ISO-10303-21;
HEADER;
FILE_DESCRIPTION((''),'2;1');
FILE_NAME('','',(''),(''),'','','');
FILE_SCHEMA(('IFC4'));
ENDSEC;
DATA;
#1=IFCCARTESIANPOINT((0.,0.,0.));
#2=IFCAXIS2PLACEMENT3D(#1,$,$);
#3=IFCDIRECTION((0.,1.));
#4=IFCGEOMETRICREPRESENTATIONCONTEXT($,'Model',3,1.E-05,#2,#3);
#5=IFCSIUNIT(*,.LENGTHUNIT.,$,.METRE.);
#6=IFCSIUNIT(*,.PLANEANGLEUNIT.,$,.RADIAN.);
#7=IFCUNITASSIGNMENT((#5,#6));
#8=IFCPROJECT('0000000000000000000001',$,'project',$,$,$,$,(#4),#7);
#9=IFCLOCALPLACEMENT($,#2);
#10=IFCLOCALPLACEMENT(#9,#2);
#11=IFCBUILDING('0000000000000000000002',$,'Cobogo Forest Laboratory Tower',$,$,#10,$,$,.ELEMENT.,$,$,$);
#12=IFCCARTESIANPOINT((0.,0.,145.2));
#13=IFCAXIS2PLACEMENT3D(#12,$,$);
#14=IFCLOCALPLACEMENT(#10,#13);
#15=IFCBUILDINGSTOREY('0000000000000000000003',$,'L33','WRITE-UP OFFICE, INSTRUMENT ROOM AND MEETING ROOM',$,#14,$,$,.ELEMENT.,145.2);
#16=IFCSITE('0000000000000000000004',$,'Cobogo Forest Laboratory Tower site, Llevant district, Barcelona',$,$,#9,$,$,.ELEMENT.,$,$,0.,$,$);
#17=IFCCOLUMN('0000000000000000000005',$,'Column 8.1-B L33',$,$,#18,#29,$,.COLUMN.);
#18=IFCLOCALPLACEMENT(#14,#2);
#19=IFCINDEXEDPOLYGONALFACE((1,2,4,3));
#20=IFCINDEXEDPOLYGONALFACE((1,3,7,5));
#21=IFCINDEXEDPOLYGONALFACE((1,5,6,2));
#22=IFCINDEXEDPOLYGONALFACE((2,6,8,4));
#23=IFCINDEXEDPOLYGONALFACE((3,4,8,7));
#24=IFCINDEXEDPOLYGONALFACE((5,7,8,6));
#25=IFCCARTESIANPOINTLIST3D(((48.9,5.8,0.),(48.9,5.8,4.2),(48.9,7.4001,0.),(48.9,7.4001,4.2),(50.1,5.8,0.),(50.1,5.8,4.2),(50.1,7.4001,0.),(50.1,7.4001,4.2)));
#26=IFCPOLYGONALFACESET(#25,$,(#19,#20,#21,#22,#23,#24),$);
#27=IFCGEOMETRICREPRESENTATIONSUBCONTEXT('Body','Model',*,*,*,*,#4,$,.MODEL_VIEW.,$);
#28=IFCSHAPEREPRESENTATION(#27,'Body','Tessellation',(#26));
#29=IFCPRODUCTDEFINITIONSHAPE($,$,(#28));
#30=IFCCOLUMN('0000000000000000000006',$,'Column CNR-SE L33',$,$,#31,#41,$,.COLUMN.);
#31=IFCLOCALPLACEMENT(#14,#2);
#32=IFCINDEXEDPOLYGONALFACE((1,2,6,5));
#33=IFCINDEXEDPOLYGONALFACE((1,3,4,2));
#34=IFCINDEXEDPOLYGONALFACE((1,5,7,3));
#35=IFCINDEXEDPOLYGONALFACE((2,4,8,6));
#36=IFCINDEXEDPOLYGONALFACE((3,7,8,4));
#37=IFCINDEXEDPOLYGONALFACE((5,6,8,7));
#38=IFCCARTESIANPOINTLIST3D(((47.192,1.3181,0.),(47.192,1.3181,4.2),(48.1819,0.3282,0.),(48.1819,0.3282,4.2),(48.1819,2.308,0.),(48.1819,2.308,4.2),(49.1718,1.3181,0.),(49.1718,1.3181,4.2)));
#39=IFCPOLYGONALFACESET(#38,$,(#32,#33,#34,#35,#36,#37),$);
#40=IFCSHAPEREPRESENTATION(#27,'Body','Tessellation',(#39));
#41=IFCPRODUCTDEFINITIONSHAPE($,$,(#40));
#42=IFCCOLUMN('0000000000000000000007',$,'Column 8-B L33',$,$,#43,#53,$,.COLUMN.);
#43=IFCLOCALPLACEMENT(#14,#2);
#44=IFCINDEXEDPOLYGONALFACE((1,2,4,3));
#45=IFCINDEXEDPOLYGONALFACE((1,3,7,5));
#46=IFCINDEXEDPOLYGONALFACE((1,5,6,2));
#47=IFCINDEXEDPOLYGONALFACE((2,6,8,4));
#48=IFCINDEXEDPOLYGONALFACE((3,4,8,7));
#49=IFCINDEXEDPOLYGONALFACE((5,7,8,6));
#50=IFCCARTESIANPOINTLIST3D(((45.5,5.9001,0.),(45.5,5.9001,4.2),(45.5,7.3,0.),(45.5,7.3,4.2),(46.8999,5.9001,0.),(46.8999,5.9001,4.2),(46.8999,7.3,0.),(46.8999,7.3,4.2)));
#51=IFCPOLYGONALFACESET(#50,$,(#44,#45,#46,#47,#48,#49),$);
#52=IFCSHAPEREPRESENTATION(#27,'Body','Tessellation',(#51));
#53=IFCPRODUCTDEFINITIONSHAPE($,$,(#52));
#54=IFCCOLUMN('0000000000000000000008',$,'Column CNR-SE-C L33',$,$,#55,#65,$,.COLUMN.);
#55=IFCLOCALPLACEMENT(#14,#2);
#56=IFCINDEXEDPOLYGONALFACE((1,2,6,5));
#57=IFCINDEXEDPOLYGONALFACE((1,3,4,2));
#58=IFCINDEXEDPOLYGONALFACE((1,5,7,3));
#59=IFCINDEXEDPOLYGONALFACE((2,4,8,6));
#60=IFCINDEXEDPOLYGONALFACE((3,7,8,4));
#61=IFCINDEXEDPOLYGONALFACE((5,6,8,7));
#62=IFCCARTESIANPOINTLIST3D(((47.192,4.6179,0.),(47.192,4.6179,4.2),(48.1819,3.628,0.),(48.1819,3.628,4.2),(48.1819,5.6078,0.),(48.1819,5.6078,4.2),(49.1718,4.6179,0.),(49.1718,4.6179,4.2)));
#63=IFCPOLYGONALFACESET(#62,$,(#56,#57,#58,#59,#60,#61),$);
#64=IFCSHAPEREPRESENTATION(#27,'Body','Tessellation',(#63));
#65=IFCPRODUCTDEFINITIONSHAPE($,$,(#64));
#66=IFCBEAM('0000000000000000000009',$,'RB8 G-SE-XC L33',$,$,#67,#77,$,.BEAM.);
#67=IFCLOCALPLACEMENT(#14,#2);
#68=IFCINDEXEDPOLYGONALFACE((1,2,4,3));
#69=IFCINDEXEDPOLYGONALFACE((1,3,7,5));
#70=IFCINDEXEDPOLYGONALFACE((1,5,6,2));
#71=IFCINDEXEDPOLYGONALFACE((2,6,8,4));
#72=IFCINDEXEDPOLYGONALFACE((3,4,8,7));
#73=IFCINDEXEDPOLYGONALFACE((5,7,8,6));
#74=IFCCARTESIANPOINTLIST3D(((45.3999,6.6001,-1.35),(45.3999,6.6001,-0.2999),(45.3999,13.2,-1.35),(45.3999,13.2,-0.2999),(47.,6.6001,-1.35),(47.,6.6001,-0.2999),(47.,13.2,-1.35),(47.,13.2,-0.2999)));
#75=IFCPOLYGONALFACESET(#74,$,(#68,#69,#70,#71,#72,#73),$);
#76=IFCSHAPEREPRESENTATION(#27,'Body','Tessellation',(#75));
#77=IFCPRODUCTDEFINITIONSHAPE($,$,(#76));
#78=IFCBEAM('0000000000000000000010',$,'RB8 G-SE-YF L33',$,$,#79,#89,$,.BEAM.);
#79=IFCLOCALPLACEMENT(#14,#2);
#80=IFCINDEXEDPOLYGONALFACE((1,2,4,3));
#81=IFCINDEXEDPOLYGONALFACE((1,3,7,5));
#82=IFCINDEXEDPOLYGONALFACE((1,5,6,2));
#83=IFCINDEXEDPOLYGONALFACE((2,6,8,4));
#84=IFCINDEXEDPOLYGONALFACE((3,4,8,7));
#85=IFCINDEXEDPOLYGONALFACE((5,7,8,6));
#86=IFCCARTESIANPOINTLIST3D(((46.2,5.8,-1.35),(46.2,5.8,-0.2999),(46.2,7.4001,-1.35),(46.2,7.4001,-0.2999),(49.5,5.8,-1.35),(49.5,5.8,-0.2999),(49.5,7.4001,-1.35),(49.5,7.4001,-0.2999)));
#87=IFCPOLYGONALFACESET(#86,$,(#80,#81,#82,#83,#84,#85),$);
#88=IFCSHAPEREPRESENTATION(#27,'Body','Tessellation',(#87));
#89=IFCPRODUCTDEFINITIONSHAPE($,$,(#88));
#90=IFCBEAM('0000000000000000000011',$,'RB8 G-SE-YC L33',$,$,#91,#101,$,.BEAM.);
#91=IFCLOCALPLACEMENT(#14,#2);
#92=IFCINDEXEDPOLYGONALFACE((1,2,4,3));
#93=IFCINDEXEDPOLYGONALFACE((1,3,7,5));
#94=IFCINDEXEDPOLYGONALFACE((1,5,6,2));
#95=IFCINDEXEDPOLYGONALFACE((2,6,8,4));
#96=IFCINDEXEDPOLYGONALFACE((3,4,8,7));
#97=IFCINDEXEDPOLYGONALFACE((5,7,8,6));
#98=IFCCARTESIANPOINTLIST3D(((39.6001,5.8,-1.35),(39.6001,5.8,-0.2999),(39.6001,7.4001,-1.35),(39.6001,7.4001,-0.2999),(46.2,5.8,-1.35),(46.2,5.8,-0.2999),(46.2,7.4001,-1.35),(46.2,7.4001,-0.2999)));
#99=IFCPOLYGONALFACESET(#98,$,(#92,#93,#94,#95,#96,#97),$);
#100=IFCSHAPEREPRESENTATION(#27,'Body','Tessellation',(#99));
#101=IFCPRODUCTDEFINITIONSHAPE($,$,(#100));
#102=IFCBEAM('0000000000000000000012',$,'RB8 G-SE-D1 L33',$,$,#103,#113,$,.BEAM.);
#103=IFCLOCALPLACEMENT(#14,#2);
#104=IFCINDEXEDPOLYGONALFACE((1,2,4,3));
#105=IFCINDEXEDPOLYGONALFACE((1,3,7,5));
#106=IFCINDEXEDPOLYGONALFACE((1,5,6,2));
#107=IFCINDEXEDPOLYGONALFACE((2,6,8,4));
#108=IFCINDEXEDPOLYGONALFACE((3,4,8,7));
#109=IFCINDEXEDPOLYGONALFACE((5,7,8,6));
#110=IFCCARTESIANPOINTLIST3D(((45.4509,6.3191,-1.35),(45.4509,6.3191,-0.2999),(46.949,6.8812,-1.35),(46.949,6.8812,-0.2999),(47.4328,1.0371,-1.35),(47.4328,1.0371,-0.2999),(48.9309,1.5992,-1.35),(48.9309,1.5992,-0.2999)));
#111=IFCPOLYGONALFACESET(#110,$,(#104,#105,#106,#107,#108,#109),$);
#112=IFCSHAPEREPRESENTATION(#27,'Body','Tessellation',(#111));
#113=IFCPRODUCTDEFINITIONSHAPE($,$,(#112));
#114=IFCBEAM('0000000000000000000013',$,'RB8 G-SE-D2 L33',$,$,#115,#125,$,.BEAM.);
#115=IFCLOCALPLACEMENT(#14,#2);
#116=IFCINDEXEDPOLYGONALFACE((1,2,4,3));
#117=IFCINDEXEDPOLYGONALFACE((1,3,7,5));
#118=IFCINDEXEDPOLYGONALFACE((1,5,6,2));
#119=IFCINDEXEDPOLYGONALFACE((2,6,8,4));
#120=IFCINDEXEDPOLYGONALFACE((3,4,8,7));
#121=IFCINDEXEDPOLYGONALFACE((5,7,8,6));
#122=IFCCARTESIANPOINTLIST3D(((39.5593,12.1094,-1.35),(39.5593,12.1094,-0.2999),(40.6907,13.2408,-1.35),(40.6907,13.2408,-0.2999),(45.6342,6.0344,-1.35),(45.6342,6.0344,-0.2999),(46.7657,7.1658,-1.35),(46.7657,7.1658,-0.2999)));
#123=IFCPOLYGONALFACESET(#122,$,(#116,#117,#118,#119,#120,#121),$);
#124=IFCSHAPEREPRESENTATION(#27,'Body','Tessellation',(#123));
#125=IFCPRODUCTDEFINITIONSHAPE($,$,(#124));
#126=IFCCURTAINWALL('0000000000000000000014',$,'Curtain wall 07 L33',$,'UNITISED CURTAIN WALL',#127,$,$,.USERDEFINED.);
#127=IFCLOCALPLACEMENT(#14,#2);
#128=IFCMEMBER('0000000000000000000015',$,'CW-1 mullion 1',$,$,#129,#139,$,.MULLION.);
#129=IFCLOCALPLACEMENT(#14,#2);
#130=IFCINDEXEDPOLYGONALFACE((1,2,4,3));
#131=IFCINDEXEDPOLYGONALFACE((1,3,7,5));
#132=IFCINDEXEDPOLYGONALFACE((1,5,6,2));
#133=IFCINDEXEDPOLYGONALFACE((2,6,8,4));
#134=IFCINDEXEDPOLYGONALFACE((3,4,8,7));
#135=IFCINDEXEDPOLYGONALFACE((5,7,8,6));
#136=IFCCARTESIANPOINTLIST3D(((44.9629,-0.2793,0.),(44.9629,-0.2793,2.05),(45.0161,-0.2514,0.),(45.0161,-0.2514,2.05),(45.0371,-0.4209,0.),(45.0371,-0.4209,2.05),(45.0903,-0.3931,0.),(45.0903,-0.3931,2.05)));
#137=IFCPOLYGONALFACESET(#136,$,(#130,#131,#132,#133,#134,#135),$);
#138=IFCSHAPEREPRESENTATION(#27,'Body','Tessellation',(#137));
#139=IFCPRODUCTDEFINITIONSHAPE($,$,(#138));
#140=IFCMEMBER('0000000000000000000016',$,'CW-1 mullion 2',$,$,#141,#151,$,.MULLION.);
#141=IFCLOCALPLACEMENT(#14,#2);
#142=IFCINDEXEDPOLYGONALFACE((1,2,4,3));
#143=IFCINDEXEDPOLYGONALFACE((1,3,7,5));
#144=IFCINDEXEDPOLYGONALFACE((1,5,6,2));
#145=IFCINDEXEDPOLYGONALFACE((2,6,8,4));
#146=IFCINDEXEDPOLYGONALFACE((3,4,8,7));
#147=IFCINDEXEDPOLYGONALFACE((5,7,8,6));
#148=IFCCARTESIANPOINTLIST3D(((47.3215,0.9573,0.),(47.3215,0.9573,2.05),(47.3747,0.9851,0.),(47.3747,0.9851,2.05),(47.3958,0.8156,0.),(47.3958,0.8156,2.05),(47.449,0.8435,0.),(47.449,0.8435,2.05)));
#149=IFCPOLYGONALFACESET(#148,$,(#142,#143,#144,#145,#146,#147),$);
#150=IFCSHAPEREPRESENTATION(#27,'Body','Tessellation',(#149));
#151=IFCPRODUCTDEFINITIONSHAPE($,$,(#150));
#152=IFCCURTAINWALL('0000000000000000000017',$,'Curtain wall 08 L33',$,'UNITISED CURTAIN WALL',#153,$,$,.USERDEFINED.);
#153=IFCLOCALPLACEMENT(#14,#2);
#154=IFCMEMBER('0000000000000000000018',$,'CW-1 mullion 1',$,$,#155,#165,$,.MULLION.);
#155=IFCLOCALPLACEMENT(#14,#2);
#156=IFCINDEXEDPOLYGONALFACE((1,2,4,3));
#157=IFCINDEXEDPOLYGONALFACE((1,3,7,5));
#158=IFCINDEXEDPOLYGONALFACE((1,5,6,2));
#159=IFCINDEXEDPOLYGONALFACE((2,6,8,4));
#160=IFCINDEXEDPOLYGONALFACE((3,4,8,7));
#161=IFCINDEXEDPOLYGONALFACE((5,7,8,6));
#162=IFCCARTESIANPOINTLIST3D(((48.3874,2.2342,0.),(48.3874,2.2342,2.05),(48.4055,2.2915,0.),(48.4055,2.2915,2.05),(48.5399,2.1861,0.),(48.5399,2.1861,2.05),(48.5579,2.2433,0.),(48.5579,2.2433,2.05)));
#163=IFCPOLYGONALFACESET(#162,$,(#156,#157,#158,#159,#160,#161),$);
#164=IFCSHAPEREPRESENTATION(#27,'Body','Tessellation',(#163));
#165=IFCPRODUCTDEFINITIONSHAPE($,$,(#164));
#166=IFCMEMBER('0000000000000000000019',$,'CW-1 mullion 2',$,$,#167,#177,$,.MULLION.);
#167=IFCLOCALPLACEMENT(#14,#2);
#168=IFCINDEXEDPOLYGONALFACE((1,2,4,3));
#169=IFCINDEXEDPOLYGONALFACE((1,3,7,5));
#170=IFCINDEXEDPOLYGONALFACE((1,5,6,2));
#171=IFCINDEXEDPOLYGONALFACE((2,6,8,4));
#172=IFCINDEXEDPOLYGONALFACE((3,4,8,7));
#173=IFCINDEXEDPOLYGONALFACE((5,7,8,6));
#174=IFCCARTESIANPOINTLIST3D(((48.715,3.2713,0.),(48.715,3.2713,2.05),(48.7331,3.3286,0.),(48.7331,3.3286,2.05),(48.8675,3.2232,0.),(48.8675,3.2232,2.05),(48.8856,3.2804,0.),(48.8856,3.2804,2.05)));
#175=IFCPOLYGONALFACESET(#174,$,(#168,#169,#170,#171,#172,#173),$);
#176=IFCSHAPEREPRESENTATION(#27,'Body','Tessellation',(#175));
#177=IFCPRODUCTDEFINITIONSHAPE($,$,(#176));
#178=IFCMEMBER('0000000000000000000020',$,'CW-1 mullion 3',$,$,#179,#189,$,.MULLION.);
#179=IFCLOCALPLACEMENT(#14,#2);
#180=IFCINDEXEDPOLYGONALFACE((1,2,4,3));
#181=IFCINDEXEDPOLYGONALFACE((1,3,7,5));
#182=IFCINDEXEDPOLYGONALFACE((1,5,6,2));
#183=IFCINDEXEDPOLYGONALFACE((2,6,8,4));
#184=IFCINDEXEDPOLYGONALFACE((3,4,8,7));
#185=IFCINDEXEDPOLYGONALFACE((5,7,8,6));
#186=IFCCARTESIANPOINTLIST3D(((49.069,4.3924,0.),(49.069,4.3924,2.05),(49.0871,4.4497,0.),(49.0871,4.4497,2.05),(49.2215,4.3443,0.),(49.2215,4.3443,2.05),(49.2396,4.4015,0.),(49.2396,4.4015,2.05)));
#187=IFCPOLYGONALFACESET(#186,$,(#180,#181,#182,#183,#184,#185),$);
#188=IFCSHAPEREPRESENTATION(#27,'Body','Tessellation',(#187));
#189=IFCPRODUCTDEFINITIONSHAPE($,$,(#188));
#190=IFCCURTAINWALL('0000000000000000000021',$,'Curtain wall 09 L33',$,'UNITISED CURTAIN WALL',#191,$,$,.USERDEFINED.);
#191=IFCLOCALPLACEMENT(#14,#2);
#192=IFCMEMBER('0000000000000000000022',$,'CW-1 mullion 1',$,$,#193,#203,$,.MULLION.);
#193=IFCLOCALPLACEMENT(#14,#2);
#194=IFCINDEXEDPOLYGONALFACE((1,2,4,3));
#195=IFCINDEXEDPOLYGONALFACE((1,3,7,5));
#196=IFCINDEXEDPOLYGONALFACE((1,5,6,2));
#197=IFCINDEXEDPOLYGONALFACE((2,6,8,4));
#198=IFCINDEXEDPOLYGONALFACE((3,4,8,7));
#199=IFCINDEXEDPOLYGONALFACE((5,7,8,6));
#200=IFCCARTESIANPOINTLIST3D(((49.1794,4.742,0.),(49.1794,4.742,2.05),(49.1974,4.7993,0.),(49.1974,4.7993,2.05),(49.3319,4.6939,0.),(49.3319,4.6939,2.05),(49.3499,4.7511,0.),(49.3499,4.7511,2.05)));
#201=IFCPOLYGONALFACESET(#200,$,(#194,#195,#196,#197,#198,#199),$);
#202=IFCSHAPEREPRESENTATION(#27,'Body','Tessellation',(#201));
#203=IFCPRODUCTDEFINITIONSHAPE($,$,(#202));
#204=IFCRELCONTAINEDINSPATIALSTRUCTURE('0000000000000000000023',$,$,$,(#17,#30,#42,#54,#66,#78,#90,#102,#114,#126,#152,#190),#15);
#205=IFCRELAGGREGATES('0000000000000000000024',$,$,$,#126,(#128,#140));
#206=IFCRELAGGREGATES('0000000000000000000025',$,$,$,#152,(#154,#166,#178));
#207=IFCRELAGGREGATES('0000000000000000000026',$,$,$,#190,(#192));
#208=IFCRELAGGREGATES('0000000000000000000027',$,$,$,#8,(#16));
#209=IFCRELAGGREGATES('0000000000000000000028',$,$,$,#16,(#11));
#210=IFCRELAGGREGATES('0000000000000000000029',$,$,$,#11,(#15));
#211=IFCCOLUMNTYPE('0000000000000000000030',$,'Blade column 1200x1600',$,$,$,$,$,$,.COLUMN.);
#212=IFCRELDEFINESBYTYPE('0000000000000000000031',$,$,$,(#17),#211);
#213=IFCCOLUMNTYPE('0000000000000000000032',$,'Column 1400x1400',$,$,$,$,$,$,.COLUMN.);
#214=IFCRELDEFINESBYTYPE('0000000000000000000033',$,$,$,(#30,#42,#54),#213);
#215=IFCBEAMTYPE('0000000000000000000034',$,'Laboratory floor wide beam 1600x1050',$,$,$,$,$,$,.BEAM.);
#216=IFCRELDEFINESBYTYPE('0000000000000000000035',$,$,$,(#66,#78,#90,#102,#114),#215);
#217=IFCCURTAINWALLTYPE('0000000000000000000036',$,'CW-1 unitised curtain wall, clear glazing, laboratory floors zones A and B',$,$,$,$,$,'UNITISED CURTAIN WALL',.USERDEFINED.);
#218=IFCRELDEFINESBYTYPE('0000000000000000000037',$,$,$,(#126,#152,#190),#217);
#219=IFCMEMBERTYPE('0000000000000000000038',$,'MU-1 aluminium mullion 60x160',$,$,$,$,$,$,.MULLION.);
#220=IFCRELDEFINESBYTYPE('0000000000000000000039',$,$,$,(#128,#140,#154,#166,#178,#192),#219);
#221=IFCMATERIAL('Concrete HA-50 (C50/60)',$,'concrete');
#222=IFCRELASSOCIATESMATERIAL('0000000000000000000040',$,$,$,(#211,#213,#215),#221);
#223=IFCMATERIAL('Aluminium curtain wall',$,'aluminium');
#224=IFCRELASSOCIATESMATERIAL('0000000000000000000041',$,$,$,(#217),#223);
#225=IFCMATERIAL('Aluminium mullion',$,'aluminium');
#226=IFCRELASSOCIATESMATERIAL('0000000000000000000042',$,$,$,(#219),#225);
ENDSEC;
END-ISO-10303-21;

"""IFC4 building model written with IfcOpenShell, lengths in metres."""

from ifc_helpers import new_model, si_unit, direction, frame, origin, origin_2d, place, context, subcontext, project, spatial, rectangle, extrude, material, material_profile, profile_set, type_object, element, aggregate, save


model = new_model("IFC4")

# Units and contexts
model_context = context("Model", 3, precision=1e-05, world=origin(), true_north=direction((0.0, 1.0)))
body_context = subcontext(model_context, "Body", "Model", "MODEL_VIEW")
ifc_project = project(units=[si_unit("LENGTHUNIT", "METRE"), si_unit("PLANEANGLEUNIT", "RADIAN")], contexts=[model_context])

# Site, building, storey
site_placement = place(None, origin())
site = spatial("IfcSite", under=ifc_project, at=site_placement, Name="Cobogo Forest Laboratory Tower site, Llevant district, Barcelona", CompositionType="ELEMENT", RefElevation=0.0)
building_placement = place(site_placement, origin())
building = spatial("IfcBuilding", under=site, at=building_placement, Name="Cobogo Forest Laboratory Tower", CompositionType="ELEMENT")
storey_placement = place(building_placement, frame((0.0, 0.0, 145.2)))
storey = spatial("IfcBuildingStorey", under=building, at=storey_placement, Name="L33", Description="WRITE-UP OFFICE, INSTRUMENT ROOM AND MEETING ROOM", CompositionType="ELEMENT", Elevation=145.2)

# Columns
ifc_material_1 = material(Name="Concrete HA-50 (C50/60)", Category="concrete")
ifc_material_profile_1 = material_profile(ifc_material_1, rectangle(XDim=1.6001, YDim=1.2, at=origin_2d()), Name="RC 1200x1600")
ifc_profile_set_1 = profile_set([ifc_material_profile_1], Name="Concrete HA-50 (C50/60)")
column_type_1 = type_object("IfcColumnType", Name="Blade column 1200x1600", PredefinedType="COLUMN", material=ifc_profile_set_1)
column_placement = place(storey_placement, frame((49.5, 6.6001, 0.0), z_axis=(0.0, 0.0, 1.0), x_axis=(0.0, 1.0, 0.0)))
element("IfcColumn", 1, at=column_placement, inside=storey, type_object=column_type_1, Name="Column 8.1-B L33", PredefinedType="COLUMN", context=body_context, shape_type="SweptSolid", body=[
    extrude(rectangle(XDim=1.6001, YDim=1.2, at=origin_2d()), origin(), (0.0, 0.0, 1.0), 4.2),
])
ifc_material_profile_2 = material_profile(ifc_material_1, rectangle(XDim=1.3999, YDim=1.3999, at=origin_2d()), Name="RC 1400x1400")
ifc_profile_set_2 = profile_set([ifc_material_profile_2], Name="Concrete HA-50 (C50/60)")
column_type_2 = type_object("IfcColumnType", Name="Column 1400x1400", PredefinedType="COLUMN", material=ifc_profile_set_2)
for number, where, z_axis, x_axis, name in (
    (2, (48.1819, 1.3181, 0.0), (0.0, 0.0, 1.0), (0.707107, 0.707107, 0.0), "Column CNR-SE L33"),
    (3, (46.2, 6.6001, 0.0), (0.0, 0.0, 1.0), (1.0, 0.0, 0.0), "Column 8-B L33"),
    (4, (48.1819, 4.6179, 0.0), (0.0, 0.0, 1.0), (0.707107, 0.707107, 0.0), "Column CNR-SE-C L33"),
):
    element("IfcColumn", number, at=place(storey_placement, frame(where, z_axis=z_axis, x_axis=x_axis)), inside=storey, type_object=column_type_2, Name=name, PredefinedType="COLUMN", context=body_context, shape_type="SweptSolid", body=[
        extrude(rectangle(XDim=1.3999, YDim=1.3999, at=origin_2d()), origin(), (0.0, 0.0, 1.0), 4.2),
    ])

# Beams
ifc_material_profile_3 = material_profile(ifc_material_1, rectangle(XDim=1.6001, YDim=1.05, at=origin_2d()), Name="RC 1600x1050")
ifc_profile_set_3 = profile_set([ifc_material_profile_3], Name="Concrete HA-50 (C50/60)")
beam_type_1 = type_object("IfcBeamType", Name="Laboratory floor wide beam 1600x1050", PredefinedType="BEAM", material=ifc_profile_set_3)
beam_1_placement = place(storey_placement, frame((46.2, 6.6001, -0.825), z_axis=(0.0, 1.0, 0.0), x_axis=(-1.0, 0.0, 0.0)))
element("IfcBeam", 5, at=beam_1_placement, inside=storey, type_object=beam_type_1, Name="RB8 G-SE-XC L33", PredefinedType="BEAM", context=body_context, shape_type="SweptSolid", body=[
    extrude(rectangle(XDim=1.6001, YDim=1.05, at=origin_2d()), origin(), (0.0, 0.0, 1.0), 6.5999),
])
beam_2_placement = place(storey_placement, frame((49.5, 6.6001, -0.825), z_axis=(-1.0, 0.0, 0.0), x_axis=(0.0, -1.0, 0.0)))
element("IfcBeam", 6, at=beam_2_placement, inside=storey, type_object=beam_type_1, Name="RB8 G-SE-YF L33", PredefinedType="BEAM", context=body_context, shape_type="SweptSolid", body=[
    extrude(rectangle(XDim=1.6001, YDim=1.05, at=origin_2d()), origin(), (0.0, 0.0, 1.0), 3.3),
])
beam_3_placement = place(storey_placement, frame((46.2, 6.6001, -0.825), z_axis=(-1.0, 0.0, 0.0), x_axis=(0.0, -1.0, 0.0)))
element("IfcBeam", 7, at=beam_3_placement, inside=storey, type_object=beam_type_1, Name="RB8 G-SE-YC L33", PredefinedType="BEAM", context=body_context, shape_type="SweptSolid", body=[
    extrude(rectangle(XDim=1.6001, YDim=1.05, at=origin_2d()), origin(), (0.0, 0.0, 1.0), 6.5999),
])
beam_4_placement = place(storey_placement, frame((48.1819, 1.3181, -0.825), z_axis=(-0.351308, 0.93626, 0.0), x_axis=(-0.93626, -0.351308, 0.0)))
element("IfcBeam", 8, at=beam_4_placement, inside=storey, type_object=beam_type_1, Name="RB8 G-SE-D1 L33", PredefinedType="BEAM", context=body_context, shape_type="SweptSolid", body=[
    extrude(rectangle(XDim=1.6001, YDim=1.05, at=origin_2d()), origin(), (0.0, 0.0, 1.0), 5.6416),
])
beam_5_placement = place(storey_placement, frame((46.2, 6.6001, -0.825), z_axis=(-0.707107, 0.707107, 0.0), x_axis=(-0.707107, -0.707107, 0.0)))
element("IfcBeam", 9, at=beam_5_placement, inside=storey, type_object=beam_type_1, Name="RB8 G-SE-D2 L33", PredefinedType="BEAM", context=body_context, shape_type="SweptSolid", body=[
    extrude(rectangle(XDim=1.6001, YDim=1.05, at=origin_2d()), origin(), (0.0, 0.0, 1.0), 8.5913),
])

# Curtain walls, members
ifc_material_2 = material(Name="Aluminium curtain wall", Category="aluminium")
curtain_wall_type = type_object("IfcCurtainWallType", Name="CW-1 unitised curtain wall, clear glazing, laboratory floors zones A and B", ElementType="UNITISED CURTAIN WALL", PredefinedType="USERDEFINED", material=ifc_material_2)
curtain_wall_1_placement = place(storey_placement, origin())
curtain_wall_1 = element("IfcCurtainWall", 10, at=curtain_wall_1_placement, inside=storey, type_object=curtain_wall_type, Name="Curtain wall 07 L33", ObjectType="UNITISED CURTAIN WALL", PredefinedType="USERDEFINED")
ifc_material_3 = material(Name="Aluminium mullion", Category="aluminium")
ifc_material_profile_4 = material_profile(ifc_material_3, rectangle(XDim=0.0601, YDim=0.1599, at=origin_2d()), Name="AL 60x160")
ifc_profile_set_4 = profile_set([ifc_material_profile_4], Name="Aluminium mullion")
member_type_1 = type_object("IfcMemberType", Name="MU-1 aluminium mullion 60x160", PredefinedType="MULLION", material=ifc_profile_set_4)
member_1_placement = place(storey_placement, frame((45.0266, -0.3362, 0.0), z_axis=(0.0, 0.0, 1.0), x_axis=(0.885687, 0.464284, 0.0)))
member_1 = element("IfcMember", 11, at=member_1_placement, type_object=member_type_1, Name="CW-1 mullion 1", PredefinedType="MULLION", context=body_context, shape_type="SweptSolid", body=[
    extrude(rectangle(XDim=0.0601, YDim=0.1599, at=origin_2d()), origin(), (0.0, 0.0, 1.0), 2.05),
])
member_2_placement = place(storey_placement, frame((47.3853, 0.9004, 0.0), z_axis=(0.0, 0.0, 1.0), x_axis=(0.885687, 0.464284, 0.0)))
member_2 = element("IfcMember", 12, at=member_2_placement, type_object=member_type_1, Name="CW-1 mullion 2", PredefinedType="MULLION", context=body_context, shape_type="SweptSolid", body=[
    extrude(rectangle(XDim=0.0601, YDim=0.1599, at=origin_2d()), origin(), (0.0, 0.0, 1.0), 2.05),
])
curtain_wall_2_placement = place(storey_placement, origin())
curtain_wall_2 = element("IfcCurtainWall", 13, at=curtain_wall_2_placement, inside=storey, type_object=curtain_wall_type, Name="Curtain wall 08 L33", ObjectType="UNITISED CURTAIN WALL", PredefinedType="USERDEFINED")
member_3_placement = place(storey_placement, frame((48.4727, 2.2388, 0.0), z_axis=(0.0, 0.0, 1.0), x_axis=(0.301135, 0.953581, 0.0)))
member_3 = element("IfcMember", 14, at=member_3_placement, type_object=member_type_1, Name="CW-1 mullion 1", PredefinedType="MULLION", context=body_context, shape_type="SweptSolid", body=[
    extrude(rectangle(XDim=0.0601, YDim=0.1599, at=origin_2d()), origin(), (0.0, 0.0, 1.0), 2.05),
])
member_4_placement = place(storey_placement, frame((48.8003, 3.2759, 0.0), z_axis=(0.0, 0.0, 1.0), x_axis=(0.301135, 0.953581, 0.0)))
member_4 = element("IfcMember", 15, at=member_4_placement, type_object=member_type_1, Name="CW-1 mullion 2", PredefinedType="MULLION", context=body_context, shape_type="SweptSolid", body=[
    extrude(rectangle(XDim=0.0601, YDim=0.1599, at=origin_2d()), origin(), (0.0, 0.0, 1.0), 2.05),
])
member_5_placement = place(storey_placement, frame((49.1543, 4.397, 0.0), z_axis=(0.0, 0.0, 1.0), x_axis=(0.301135, 0.953581, 0.0)))
member_5 = element("IfcMember", 16, at=member_5_placement, type_object=member_type_1, Name="CW-1 mullion 3", PredefinedType="MULLION", context=body_context, shape_type="SweptSolid", body=[
    extrude(rectangle(XDim=0.0601, YDim=0.1599, at=origin_2d()), origin(), (0.0, 0.0, 1.0), 2.05),
])
curtain_wall_3_placement = place(storey_placement, origin())
curtain_wall_3 = element("IfcCurtainWall", 17, at=curtain_wall_3_placement, inside=storey, type_object=curtain_wall_type, Name="Curtain wall 09 L33", ObjectType="UNITISED CURTAIN WALL", PredefinedType="USERDEFINED")
member_6_placement = place(storey_placement, frame((49.2646, 4.7466, 0.0), z_axis=(0.0, 0.0, 1.0), x_axis=(0.301136, 0.953581, 0.0)))
member_6 = element("IfcMember", 18, at=member_6_placement, type_object=member_type_1, Name="CW-1 mullion 1", PredefinedType="MULLION", context=body_context, shape_type="SweptSolid", body=[
    extrude(rectangle(XDim=0.0601, YDim=0.1599, at=origin_2d()), origin(), (0.0, 0.0, 1.0), 2.05),
])

aggregate(curtain_wall_1, [member_1, member_2])
aggregate(curtain_wall_2, [member_3, member_4, member_5])
aggregate(curtain_wall_3, [member_6])

save(model, "model.ifc")
